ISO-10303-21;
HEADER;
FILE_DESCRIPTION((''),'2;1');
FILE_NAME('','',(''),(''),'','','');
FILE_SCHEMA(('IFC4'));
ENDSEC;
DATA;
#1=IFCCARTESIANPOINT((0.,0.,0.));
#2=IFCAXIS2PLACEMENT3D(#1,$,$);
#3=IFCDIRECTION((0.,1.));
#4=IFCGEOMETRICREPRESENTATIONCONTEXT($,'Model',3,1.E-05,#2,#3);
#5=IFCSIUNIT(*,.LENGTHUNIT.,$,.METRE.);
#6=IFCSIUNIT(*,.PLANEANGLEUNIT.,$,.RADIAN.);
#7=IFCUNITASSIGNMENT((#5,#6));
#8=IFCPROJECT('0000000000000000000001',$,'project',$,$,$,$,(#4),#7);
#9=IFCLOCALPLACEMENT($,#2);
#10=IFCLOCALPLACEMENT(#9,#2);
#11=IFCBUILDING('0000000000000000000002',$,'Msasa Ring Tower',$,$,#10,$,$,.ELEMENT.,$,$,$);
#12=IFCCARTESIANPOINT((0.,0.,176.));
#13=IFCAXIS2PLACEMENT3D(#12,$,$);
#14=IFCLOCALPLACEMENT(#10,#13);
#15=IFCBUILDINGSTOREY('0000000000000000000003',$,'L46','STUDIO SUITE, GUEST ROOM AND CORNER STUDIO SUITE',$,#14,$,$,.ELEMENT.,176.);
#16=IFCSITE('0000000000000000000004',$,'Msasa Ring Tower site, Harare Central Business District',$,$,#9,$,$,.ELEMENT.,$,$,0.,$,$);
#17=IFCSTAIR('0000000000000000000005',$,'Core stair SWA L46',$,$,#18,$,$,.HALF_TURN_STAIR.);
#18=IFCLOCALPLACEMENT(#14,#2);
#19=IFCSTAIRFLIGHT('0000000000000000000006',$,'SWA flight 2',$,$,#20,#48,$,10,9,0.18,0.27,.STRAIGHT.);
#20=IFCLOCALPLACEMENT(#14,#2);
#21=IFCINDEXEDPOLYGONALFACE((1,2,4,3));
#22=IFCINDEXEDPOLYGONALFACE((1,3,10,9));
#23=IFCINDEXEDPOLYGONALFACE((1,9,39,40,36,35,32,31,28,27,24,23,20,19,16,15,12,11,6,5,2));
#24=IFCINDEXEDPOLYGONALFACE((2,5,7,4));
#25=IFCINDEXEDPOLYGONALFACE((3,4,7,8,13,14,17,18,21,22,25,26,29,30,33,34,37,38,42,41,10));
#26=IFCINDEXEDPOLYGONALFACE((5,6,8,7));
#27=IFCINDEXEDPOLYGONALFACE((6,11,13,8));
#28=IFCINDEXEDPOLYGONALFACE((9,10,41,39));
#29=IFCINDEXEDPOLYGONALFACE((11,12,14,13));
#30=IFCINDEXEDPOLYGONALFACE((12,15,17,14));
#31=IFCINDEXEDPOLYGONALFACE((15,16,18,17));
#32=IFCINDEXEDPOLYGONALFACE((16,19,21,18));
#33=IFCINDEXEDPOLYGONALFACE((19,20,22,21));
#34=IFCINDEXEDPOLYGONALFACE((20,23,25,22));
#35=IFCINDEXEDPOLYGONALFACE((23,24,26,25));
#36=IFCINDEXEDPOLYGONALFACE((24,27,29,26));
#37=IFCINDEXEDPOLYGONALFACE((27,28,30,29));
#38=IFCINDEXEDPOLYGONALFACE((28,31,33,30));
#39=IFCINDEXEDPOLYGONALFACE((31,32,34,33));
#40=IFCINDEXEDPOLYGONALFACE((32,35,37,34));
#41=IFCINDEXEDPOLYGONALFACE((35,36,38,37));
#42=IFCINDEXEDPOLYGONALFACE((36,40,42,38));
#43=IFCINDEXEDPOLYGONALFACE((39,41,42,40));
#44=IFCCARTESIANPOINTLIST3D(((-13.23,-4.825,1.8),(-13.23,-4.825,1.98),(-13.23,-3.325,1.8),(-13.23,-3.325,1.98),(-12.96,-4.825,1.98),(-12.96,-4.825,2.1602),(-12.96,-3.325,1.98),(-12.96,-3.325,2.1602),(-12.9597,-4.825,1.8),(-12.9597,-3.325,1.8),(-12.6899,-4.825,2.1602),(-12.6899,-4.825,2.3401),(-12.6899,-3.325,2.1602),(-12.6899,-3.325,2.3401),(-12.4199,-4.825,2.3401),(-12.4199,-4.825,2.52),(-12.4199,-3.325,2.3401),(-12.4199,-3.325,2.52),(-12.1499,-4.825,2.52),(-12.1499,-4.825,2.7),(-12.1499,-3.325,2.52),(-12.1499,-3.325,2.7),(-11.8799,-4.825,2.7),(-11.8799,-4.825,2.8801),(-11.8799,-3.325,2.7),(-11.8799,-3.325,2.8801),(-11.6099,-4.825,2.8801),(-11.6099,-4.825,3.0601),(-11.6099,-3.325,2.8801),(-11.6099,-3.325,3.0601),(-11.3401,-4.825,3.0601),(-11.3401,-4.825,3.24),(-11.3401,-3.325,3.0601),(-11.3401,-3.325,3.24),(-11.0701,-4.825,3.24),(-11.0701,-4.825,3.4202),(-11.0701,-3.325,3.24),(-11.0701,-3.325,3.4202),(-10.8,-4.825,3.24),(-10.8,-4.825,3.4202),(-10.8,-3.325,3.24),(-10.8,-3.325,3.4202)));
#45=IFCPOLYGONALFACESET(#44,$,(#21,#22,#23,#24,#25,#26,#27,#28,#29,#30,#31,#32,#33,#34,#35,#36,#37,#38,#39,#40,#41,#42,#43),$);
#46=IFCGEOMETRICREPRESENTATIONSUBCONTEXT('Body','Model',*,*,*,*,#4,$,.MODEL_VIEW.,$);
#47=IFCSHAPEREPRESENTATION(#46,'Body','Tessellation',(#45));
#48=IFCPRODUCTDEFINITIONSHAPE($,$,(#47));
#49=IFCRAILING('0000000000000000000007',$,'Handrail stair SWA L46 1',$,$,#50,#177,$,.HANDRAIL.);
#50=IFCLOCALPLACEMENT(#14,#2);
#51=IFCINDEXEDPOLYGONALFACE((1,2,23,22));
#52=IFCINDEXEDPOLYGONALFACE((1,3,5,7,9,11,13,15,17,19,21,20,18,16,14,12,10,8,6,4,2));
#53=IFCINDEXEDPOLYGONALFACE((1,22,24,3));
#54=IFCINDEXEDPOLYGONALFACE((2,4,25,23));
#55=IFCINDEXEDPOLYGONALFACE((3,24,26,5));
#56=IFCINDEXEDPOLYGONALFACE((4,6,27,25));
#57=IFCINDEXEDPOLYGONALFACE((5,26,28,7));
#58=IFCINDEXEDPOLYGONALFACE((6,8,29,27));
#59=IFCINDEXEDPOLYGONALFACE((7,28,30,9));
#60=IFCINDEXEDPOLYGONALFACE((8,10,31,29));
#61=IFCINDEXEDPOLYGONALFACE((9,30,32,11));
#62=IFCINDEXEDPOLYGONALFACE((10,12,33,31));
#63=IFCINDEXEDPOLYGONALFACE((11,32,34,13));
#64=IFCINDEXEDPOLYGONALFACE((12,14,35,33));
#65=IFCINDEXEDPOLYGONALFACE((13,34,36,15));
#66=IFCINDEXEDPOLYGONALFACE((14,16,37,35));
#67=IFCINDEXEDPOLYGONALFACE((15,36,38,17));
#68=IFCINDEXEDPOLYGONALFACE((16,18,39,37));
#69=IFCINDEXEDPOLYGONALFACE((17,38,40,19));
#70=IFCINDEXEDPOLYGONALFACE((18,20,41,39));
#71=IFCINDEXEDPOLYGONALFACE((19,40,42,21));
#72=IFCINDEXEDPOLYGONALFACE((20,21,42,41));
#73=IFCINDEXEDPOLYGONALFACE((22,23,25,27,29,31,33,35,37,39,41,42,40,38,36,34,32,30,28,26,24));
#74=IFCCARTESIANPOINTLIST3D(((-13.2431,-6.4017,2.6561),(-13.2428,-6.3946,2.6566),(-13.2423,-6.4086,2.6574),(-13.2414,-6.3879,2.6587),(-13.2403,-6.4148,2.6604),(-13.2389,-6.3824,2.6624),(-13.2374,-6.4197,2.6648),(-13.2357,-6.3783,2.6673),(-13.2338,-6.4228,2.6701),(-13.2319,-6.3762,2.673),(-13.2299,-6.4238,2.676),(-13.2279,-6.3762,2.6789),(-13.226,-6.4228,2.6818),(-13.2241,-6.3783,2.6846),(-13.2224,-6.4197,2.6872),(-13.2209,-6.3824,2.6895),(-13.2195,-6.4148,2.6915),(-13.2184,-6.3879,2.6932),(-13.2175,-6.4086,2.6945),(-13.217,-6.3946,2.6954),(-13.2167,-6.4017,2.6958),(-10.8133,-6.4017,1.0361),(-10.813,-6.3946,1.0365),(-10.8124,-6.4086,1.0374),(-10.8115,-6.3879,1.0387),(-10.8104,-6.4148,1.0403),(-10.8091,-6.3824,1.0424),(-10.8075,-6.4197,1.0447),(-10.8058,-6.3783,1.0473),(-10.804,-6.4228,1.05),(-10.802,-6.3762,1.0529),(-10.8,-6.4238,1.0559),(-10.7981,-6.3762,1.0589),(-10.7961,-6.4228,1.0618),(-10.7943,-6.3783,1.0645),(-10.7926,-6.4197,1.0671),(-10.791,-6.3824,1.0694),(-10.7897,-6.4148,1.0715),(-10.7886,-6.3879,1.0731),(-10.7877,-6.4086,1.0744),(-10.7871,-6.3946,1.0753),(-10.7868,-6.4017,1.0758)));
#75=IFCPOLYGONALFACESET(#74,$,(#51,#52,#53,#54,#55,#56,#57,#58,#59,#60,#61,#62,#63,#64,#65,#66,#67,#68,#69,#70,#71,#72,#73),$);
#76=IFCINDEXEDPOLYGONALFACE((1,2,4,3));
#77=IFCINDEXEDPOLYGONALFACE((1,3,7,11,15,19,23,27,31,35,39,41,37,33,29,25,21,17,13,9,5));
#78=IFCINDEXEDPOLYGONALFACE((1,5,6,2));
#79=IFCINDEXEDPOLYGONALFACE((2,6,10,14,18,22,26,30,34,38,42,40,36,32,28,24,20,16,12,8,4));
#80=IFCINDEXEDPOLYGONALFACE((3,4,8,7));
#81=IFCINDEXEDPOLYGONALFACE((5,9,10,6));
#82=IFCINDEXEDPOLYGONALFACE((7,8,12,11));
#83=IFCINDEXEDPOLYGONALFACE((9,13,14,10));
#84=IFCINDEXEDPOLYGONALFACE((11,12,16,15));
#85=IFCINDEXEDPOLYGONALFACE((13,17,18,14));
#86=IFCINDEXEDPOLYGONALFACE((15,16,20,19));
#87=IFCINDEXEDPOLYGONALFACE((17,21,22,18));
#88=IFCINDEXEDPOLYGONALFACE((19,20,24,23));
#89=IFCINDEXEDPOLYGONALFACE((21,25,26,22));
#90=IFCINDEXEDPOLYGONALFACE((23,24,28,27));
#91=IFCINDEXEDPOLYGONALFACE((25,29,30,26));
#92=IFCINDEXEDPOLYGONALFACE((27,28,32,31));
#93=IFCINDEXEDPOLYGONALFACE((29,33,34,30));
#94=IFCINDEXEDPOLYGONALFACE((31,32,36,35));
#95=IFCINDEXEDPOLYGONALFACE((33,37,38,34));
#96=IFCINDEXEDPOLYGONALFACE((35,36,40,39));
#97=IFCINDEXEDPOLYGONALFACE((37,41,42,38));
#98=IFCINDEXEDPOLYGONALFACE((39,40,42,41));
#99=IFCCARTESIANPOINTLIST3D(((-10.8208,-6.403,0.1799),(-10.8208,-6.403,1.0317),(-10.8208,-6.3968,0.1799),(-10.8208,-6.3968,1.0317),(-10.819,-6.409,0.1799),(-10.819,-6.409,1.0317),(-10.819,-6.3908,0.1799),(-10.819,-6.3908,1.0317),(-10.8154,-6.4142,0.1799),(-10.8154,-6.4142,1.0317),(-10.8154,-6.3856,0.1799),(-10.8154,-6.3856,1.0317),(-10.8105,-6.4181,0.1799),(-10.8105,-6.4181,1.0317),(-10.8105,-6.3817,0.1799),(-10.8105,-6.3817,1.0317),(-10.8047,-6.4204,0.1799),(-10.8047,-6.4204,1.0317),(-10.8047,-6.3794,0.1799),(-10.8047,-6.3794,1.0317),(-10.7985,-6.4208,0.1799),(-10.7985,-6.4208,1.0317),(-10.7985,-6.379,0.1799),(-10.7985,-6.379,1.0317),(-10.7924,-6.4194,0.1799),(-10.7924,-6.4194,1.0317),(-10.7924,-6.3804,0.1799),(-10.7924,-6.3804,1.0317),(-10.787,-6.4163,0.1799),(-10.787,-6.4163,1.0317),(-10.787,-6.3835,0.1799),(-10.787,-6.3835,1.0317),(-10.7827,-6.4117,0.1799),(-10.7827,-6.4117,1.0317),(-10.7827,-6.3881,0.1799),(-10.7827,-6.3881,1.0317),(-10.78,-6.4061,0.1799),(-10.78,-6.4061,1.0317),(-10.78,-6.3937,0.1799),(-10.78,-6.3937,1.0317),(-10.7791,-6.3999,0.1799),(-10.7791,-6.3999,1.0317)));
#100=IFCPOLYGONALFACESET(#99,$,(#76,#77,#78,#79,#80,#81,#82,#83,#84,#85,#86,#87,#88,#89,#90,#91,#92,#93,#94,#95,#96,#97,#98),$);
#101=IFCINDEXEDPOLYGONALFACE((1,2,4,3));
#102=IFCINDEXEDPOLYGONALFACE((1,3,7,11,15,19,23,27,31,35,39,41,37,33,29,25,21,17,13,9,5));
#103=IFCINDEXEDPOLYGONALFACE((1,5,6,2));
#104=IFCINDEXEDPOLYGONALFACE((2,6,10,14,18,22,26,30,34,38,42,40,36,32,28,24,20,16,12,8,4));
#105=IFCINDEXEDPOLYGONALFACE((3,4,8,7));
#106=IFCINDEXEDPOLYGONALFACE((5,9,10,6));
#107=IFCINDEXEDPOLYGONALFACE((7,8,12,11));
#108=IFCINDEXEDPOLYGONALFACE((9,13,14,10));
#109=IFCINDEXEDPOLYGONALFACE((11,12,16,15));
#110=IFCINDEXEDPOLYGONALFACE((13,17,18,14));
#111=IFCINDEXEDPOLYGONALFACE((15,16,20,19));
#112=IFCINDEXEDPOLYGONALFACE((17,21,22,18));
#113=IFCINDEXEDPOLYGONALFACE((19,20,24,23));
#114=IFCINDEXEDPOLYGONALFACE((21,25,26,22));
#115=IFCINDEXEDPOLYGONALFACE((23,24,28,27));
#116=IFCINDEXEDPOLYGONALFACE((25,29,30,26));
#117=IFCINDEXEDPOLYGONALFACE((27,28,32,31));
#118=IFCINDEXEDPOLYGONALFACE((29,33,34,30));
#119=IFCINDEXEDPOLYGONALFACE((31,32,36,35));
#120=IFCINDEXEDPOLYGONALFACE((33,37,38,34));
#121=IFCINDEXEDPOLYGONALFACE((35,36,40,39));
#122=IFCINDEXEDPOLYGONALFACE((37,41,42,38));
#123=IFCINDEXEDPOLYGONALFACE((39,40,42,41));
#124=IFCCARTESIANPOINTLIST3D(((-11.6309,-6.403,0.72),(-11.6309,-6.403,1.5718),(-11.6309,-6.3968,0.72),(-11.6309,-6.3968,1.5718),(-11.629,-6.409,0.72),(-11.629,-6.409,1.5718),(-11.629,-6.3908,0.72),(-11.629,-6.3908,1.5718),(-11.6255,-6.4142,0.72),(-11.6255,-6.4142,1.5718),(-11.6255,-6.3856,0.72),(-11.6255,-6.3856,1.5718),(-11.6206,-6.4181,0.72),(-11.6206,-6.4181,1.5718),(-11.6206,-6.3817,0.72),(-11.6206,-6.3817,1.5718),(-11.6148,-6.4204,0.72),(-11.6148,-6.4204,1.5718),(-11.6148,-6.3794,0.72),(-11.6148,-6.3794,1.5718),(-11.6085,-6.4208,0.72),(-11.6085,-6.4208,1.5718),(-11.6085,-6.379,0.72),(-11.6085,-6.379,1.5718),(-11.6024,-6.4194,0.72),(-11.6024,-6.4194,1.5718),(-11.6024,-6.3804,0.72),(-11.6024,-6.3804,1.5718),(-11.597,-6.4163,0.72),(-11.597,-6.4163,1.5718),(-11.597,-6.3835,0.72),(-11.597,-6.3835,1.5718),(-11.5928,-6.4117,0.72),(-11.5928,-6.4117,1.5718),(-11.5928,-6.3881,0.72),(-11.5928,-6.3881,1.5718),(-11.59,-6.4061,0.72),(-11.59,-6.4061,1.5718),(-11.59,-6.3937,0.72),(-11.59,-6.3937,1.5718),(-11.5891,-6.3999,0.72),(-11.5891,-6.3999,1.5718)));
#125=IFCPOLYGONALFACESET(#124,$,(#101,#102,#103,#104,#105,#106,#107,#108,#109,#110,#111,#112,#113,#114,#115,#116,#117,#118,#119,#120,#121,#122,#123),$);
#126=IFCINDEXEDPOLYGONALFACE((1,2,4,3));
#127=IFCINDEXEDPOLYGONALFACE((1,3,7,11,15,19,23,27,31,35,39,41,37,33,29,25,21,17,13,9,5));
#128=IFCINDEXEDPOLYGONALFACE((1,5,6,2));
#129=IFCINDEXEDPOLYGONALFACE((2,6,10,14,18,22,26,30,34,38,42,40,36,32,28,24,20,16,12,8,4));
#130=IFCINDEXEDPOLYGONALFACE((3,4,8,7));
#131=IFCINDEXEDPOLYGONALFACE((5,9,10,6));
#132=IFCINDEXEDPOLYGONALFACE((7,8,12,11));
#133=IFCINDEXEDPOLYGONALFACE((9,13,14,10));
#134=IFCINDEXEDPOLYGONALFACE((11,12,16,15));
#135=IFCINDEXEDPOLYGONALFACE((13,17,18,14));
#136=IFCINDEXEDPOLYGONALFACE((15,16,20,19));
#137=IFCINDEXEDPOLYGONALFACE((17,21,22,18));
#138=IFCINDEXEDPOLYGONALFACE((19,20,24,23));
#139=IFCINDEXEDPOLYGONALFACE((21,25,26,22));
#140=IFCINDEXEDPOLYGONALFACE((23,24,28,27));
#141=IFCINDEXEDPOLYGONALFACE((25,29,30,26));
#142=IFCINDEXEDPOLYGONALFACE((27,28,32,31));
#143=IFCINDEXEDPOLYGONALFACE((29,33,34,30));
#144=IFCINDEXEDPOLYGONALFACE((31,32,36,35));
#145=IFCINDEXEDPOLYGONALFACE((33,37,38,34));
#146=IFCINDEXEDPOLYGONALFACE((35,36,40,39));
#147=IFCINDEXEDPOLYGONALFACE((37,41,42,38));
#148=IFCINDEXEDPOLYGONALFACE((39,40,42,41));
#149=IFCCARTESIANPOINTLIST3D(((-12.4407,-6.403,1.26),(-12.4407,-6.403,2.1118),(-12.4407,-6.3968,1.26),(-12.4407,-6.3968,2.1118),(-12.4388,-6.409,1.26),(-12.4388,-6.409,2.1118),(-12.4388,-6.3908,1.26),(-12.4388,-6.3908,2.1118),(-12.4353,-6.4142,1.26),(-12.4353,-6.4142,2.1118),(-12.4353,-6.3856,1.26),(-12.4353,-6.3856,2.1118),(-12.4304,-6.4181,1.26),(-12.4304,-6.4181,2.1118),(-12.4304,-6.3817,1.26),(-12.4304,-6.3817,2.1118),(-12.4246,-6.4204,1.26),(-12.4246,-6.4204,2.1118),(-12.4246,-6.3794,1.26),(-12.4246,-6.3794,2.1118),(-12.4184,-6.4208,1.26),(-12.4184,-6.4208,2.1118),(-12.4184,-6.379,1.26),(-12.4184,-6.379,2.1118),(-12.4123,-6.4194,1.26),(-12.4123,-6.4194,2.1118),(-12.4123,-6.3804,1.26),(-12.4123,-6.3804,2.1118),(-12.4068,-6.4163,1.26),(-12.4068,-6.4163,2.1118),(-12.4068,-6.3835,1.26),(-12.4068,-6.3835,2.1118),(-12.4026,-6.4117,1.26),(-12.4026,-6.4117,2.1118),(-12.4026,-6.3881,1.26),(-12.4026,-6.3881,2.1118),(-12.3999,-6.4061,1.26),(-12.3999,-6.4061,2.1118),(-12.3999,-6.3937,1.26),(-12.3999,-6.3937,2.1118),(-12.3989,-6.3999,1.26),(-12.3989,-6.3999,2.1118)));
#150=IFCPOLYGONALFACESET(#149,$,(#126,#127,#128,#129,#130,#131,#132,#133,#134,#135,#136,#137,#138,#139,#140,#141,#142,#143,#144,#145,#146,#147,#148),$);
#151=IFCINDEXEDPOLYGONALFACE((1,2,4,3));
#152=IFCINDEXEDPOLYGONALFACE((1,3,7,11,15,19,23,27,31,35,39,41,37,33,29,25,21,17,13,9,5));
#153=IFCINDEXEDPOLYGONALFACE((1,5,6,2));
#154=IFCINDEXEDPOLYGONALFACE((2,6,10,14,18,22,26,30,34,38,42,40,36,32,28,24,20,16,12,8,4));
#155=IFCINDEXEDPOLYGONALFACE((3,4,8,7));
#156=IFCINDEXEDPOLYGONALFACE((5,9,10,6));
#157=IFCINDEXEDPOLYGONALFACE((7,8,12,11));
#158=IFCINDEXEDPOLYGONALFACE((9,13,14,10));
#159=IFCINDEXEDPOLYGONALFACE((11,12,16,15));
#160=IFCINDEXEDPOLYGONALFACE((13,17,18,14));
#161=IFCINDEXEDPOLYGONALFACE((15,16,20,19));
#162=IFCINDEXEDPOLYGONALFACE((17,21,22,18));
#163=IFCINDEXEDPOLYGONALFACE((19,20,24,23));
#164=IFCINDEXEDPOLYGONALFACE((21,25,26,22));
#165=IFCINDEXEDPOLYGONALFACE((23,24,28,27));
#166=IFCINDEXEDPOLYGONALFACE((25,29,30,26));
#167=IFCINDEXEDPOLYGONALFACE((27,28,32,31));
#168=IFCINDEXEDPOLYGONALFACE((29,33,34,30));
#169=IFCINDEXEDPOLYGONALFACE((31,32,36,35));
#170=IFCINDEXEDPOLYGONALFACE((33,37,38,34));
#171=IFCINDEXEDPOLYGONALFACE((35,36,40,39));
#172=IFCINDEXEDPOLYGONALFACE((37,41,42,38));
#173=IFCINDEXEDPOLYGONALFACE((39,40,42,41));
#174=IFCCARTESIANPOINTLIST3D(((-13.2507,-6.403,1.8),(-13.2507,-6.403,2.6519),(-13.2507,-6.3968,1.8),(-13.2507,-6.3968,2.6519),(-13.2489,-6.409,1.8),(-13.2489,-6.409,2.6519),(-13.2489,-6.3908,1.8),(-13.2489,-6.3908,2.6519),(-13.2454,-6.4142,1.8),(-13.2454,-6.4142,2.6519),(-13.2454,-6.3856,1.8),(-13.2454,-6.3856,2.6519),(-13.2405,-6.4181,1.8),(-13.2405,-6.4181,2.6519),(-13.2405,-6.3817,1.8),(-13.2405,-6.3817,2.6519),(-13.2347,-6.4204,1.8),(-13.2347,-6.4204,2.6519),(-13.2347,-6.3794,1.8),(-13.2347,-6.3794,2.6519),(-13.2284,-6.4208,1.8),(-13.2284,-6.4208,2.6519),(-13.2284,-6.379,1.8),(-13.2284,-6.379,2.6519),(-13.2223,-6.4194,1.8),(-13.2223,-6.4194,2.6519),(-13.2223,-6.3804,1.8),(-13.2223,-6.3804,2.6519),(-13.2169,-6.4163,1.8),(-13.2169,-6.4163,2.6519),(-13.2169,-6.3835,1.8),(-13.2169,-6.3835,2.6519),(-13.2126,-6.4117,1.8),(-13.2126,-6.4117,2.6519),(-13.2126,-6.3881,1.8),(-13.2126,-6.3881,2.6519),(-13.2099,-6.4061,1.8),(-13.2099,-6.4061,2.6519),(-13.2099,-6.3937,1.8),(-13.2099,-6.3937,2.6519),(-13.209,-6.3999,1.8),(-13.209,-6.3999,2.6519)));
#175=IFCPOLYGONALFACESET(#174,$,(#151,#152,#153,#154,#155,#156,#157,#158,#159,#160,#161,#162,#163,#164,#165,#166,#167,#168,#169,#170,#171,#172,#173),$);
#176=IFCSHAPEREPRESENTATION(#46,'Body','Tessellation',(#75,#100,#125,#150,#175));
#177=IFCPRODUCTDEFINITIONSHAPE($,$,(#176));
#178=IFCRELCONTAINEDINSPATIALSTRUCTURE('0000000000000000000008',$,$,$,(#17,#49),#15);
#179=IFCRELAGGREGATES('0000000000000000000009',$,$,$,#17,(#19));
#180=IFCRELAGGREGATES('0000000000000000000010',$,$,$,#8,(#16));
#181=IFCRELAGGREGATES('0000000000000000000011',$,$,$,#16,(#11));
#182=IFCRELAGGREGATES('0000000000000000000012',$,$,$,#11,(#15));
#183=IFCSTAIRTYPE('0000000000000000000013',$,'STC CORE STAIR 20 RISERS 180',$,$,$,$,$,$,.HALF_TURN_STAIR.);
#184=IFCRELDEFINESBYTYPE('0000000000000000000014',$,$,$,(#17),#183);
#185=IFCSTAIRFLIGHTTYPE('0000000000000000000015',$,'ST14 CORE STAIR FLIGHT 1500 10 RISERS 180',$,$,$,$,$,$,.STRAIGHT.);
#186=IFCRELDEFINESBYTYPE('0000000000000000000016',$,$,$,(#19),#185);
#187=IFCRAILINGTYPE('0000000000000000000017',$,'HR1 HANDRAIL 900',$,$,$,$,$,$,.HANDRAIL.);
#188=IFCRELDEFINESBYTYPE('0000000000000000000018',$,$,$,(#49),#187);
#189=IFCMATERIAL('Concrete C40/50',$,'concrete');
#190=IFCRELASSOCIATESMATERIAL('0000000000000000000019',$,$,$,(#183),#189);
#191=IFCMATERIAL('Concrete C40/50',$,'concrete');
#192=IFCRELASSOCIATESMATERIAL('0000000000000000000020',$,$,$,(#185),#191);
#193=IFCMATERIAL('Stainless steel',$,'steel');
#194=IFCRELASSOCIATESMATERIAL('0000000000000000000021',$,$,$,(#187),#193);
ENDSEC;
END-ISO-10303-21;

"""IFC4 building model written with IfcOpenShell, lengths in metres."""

from ifc_helpers import new_model, si_unit, direction, frame, origin, origin_2d, place, context, subcontext, project, spatial, polyline, circle, outline, extrude, material, type_object, element, aggregate, save


model = new_model("IFC4")

# Units and contexts
model_context = context("Model", 3, precision=1e-05, world=origin(), true_north=direction((0.0, 1.0)))
body_context = subcontext(model_context, "Body", "Model", "MODEL_VIEW")
ifc_project = project(units=[si_unit("LENGTHUNIT", "METRE"), si_unit("PLANEANGLEUNIT", "RADIAN")], contexts=[model_context])

# Site, building, storey
site_placement = place(None, origin())
site = spatial("IfcSite", under=ifc_project, at=site_placement, Name="Msasa Ring Tower site, Harare Central Business District", CompositionType="ELEMENT", RefElevation=0.0)
building_placement = place(site_placement, origin())
building = spatial("IfcBuilding", under=site, at=building_placement, Name="Msasa Ring Tower", CompositionType="ELEMENT")
storey_placement = place(building_placement, frame((0.0, 0.0, 176.0)))
storey = spatial("IfcBuildingStorey", under=building, at=storey_placement, Name="L46", Description="STUDIO SUITE, GUEST ROOM AND CORNER STUDIO SUITE", CompositionType="ELEMENT", Elevation=176.0)

# Stair, stair flight
ifc_material_1 = material(Name="Concrete C40/50", Category="concrete")
stair_type = type_object("IfcStairType", Name="STC CORE STAIR 20 RISERS 180", PredefinedType="HALF_TURN_STAIR", material=ifc_material_1)
stair_placement = place(storey_placement, origin())
stair = element("IfcStair", 1, at=stair_placement, inside=storey, type_object=stair_type, Name="Core stair SWA L46", PredefinedType="HALF_TURN_STAIR")
ifc_material_2 = material(Name="Concrete C40/50", Category="concrete")
stair_flight_type = type_object("IfcStairFlightType", Name="ST14 CORE STAIR FLIGHT 1500 10 RISERS 180", PredefinedType="STRAIGHT", material=ifc_material_2)
stair_flight_1_placement = place(storey_placement, frame((-13.23, -4.075, 1.8), z_axis=(0.0, 0.0, 1.0), x_axis=(1.0, 0.0, 0.0)))
stair_flight_1 = element("IfcStairFlight", 2, at=stair_flight_1_placement, type_object=stair_flight_type, Name="SWA flight 2", NumberOfRisers=10, NumberOfTreads=9, PredefinedType="STRAIGHT", RiserHeight=0.18, TreadLength=0.27, context=body_context, shape_type="SweptSolid", body=[
    extrude(outline(polyline([(0.0, 0.0), (0.0, 0.1799), (0.27, 0.1799), (0.27, 0.3601), (0.54, 0.3601), (0.54, 0.54), (0.8101, 0.54), (0.8101, 0.72), (1.0801, 0.72), (1.0801, 0.8999), (1.3501, 0.8999), (1.3501, 1.0801), (1.6201, 1.0801), (1.6201, 1.26), (1.8899, 1.26), (1.8899, 1.4399), (2.1599, 1.4399), (2.1599, 1.6201), (2.4299, 1.6201), (2.4299, 1.8), (2.4299, 1.4399), (0.2703, 0.0), (0.0, 0.0)])), frame((0.0, 0.75, 0.0), z_axis=(0.0, -1.0, 0.0), x_axis=(1.0, 0.0, 0.0)), (0.0, 0.0, 1.0), 1.5),
])
aggregate(stair, [stair_flight_1])

# Railing
ifc_material_3 = material(Name="Stainless steel", Category="steel")
railing_type = type_object("IfcRailingType", Name="HR1 HANDRAIL 900", PredefinedType="HANDRAIL", material=ifc_material_3)
for number, where, name in (
    (3, (-10.8, -6.3999, 0.1799), "Handrail stair SWA L46 1"),
):
    element("IfcRailing", number, at=place(storey_placement, frame(where)), inside=storey, type_object=railing_type, Name=name, PredefinedType="HANDRAIL", context=body_context, shape_type="SweptSolid", body=[
        extrude(circle(Radius=0.0239, at=origin_2d()), frame((0.0, 0.0, 0.876), z_axis=(-0.832025, 0.0, 0.554739), x_axis=(0.0, -1.0, 0.0)), (0.0, 0.0, 1.0), 2.9204),
        extrude(circle(Radius=0.021, at=origin_2d()), origin(), (0.0, 0.0, 1.0), 0.8518),
        extrude(circle(Radius=0.021, at=origin_2d()), frame((-0.8101, 0.0, 0.54)), (0.0, 0.0, 1.0), 0.8518),
        extrude(circle(Radius=0.021, at=origin_2d()), frame((-1.6199, 0.0, 1.0801)), (0.0, 0.0, 1.0), 0.8518),
        extrude(circle(Radius=0.021, at=origin_2d()), frame((-2.4299, 0.0, 1.6201)), (0.0, 0.0, 1.0), 0.8518),
    ])

save(model, "model.ifc")
